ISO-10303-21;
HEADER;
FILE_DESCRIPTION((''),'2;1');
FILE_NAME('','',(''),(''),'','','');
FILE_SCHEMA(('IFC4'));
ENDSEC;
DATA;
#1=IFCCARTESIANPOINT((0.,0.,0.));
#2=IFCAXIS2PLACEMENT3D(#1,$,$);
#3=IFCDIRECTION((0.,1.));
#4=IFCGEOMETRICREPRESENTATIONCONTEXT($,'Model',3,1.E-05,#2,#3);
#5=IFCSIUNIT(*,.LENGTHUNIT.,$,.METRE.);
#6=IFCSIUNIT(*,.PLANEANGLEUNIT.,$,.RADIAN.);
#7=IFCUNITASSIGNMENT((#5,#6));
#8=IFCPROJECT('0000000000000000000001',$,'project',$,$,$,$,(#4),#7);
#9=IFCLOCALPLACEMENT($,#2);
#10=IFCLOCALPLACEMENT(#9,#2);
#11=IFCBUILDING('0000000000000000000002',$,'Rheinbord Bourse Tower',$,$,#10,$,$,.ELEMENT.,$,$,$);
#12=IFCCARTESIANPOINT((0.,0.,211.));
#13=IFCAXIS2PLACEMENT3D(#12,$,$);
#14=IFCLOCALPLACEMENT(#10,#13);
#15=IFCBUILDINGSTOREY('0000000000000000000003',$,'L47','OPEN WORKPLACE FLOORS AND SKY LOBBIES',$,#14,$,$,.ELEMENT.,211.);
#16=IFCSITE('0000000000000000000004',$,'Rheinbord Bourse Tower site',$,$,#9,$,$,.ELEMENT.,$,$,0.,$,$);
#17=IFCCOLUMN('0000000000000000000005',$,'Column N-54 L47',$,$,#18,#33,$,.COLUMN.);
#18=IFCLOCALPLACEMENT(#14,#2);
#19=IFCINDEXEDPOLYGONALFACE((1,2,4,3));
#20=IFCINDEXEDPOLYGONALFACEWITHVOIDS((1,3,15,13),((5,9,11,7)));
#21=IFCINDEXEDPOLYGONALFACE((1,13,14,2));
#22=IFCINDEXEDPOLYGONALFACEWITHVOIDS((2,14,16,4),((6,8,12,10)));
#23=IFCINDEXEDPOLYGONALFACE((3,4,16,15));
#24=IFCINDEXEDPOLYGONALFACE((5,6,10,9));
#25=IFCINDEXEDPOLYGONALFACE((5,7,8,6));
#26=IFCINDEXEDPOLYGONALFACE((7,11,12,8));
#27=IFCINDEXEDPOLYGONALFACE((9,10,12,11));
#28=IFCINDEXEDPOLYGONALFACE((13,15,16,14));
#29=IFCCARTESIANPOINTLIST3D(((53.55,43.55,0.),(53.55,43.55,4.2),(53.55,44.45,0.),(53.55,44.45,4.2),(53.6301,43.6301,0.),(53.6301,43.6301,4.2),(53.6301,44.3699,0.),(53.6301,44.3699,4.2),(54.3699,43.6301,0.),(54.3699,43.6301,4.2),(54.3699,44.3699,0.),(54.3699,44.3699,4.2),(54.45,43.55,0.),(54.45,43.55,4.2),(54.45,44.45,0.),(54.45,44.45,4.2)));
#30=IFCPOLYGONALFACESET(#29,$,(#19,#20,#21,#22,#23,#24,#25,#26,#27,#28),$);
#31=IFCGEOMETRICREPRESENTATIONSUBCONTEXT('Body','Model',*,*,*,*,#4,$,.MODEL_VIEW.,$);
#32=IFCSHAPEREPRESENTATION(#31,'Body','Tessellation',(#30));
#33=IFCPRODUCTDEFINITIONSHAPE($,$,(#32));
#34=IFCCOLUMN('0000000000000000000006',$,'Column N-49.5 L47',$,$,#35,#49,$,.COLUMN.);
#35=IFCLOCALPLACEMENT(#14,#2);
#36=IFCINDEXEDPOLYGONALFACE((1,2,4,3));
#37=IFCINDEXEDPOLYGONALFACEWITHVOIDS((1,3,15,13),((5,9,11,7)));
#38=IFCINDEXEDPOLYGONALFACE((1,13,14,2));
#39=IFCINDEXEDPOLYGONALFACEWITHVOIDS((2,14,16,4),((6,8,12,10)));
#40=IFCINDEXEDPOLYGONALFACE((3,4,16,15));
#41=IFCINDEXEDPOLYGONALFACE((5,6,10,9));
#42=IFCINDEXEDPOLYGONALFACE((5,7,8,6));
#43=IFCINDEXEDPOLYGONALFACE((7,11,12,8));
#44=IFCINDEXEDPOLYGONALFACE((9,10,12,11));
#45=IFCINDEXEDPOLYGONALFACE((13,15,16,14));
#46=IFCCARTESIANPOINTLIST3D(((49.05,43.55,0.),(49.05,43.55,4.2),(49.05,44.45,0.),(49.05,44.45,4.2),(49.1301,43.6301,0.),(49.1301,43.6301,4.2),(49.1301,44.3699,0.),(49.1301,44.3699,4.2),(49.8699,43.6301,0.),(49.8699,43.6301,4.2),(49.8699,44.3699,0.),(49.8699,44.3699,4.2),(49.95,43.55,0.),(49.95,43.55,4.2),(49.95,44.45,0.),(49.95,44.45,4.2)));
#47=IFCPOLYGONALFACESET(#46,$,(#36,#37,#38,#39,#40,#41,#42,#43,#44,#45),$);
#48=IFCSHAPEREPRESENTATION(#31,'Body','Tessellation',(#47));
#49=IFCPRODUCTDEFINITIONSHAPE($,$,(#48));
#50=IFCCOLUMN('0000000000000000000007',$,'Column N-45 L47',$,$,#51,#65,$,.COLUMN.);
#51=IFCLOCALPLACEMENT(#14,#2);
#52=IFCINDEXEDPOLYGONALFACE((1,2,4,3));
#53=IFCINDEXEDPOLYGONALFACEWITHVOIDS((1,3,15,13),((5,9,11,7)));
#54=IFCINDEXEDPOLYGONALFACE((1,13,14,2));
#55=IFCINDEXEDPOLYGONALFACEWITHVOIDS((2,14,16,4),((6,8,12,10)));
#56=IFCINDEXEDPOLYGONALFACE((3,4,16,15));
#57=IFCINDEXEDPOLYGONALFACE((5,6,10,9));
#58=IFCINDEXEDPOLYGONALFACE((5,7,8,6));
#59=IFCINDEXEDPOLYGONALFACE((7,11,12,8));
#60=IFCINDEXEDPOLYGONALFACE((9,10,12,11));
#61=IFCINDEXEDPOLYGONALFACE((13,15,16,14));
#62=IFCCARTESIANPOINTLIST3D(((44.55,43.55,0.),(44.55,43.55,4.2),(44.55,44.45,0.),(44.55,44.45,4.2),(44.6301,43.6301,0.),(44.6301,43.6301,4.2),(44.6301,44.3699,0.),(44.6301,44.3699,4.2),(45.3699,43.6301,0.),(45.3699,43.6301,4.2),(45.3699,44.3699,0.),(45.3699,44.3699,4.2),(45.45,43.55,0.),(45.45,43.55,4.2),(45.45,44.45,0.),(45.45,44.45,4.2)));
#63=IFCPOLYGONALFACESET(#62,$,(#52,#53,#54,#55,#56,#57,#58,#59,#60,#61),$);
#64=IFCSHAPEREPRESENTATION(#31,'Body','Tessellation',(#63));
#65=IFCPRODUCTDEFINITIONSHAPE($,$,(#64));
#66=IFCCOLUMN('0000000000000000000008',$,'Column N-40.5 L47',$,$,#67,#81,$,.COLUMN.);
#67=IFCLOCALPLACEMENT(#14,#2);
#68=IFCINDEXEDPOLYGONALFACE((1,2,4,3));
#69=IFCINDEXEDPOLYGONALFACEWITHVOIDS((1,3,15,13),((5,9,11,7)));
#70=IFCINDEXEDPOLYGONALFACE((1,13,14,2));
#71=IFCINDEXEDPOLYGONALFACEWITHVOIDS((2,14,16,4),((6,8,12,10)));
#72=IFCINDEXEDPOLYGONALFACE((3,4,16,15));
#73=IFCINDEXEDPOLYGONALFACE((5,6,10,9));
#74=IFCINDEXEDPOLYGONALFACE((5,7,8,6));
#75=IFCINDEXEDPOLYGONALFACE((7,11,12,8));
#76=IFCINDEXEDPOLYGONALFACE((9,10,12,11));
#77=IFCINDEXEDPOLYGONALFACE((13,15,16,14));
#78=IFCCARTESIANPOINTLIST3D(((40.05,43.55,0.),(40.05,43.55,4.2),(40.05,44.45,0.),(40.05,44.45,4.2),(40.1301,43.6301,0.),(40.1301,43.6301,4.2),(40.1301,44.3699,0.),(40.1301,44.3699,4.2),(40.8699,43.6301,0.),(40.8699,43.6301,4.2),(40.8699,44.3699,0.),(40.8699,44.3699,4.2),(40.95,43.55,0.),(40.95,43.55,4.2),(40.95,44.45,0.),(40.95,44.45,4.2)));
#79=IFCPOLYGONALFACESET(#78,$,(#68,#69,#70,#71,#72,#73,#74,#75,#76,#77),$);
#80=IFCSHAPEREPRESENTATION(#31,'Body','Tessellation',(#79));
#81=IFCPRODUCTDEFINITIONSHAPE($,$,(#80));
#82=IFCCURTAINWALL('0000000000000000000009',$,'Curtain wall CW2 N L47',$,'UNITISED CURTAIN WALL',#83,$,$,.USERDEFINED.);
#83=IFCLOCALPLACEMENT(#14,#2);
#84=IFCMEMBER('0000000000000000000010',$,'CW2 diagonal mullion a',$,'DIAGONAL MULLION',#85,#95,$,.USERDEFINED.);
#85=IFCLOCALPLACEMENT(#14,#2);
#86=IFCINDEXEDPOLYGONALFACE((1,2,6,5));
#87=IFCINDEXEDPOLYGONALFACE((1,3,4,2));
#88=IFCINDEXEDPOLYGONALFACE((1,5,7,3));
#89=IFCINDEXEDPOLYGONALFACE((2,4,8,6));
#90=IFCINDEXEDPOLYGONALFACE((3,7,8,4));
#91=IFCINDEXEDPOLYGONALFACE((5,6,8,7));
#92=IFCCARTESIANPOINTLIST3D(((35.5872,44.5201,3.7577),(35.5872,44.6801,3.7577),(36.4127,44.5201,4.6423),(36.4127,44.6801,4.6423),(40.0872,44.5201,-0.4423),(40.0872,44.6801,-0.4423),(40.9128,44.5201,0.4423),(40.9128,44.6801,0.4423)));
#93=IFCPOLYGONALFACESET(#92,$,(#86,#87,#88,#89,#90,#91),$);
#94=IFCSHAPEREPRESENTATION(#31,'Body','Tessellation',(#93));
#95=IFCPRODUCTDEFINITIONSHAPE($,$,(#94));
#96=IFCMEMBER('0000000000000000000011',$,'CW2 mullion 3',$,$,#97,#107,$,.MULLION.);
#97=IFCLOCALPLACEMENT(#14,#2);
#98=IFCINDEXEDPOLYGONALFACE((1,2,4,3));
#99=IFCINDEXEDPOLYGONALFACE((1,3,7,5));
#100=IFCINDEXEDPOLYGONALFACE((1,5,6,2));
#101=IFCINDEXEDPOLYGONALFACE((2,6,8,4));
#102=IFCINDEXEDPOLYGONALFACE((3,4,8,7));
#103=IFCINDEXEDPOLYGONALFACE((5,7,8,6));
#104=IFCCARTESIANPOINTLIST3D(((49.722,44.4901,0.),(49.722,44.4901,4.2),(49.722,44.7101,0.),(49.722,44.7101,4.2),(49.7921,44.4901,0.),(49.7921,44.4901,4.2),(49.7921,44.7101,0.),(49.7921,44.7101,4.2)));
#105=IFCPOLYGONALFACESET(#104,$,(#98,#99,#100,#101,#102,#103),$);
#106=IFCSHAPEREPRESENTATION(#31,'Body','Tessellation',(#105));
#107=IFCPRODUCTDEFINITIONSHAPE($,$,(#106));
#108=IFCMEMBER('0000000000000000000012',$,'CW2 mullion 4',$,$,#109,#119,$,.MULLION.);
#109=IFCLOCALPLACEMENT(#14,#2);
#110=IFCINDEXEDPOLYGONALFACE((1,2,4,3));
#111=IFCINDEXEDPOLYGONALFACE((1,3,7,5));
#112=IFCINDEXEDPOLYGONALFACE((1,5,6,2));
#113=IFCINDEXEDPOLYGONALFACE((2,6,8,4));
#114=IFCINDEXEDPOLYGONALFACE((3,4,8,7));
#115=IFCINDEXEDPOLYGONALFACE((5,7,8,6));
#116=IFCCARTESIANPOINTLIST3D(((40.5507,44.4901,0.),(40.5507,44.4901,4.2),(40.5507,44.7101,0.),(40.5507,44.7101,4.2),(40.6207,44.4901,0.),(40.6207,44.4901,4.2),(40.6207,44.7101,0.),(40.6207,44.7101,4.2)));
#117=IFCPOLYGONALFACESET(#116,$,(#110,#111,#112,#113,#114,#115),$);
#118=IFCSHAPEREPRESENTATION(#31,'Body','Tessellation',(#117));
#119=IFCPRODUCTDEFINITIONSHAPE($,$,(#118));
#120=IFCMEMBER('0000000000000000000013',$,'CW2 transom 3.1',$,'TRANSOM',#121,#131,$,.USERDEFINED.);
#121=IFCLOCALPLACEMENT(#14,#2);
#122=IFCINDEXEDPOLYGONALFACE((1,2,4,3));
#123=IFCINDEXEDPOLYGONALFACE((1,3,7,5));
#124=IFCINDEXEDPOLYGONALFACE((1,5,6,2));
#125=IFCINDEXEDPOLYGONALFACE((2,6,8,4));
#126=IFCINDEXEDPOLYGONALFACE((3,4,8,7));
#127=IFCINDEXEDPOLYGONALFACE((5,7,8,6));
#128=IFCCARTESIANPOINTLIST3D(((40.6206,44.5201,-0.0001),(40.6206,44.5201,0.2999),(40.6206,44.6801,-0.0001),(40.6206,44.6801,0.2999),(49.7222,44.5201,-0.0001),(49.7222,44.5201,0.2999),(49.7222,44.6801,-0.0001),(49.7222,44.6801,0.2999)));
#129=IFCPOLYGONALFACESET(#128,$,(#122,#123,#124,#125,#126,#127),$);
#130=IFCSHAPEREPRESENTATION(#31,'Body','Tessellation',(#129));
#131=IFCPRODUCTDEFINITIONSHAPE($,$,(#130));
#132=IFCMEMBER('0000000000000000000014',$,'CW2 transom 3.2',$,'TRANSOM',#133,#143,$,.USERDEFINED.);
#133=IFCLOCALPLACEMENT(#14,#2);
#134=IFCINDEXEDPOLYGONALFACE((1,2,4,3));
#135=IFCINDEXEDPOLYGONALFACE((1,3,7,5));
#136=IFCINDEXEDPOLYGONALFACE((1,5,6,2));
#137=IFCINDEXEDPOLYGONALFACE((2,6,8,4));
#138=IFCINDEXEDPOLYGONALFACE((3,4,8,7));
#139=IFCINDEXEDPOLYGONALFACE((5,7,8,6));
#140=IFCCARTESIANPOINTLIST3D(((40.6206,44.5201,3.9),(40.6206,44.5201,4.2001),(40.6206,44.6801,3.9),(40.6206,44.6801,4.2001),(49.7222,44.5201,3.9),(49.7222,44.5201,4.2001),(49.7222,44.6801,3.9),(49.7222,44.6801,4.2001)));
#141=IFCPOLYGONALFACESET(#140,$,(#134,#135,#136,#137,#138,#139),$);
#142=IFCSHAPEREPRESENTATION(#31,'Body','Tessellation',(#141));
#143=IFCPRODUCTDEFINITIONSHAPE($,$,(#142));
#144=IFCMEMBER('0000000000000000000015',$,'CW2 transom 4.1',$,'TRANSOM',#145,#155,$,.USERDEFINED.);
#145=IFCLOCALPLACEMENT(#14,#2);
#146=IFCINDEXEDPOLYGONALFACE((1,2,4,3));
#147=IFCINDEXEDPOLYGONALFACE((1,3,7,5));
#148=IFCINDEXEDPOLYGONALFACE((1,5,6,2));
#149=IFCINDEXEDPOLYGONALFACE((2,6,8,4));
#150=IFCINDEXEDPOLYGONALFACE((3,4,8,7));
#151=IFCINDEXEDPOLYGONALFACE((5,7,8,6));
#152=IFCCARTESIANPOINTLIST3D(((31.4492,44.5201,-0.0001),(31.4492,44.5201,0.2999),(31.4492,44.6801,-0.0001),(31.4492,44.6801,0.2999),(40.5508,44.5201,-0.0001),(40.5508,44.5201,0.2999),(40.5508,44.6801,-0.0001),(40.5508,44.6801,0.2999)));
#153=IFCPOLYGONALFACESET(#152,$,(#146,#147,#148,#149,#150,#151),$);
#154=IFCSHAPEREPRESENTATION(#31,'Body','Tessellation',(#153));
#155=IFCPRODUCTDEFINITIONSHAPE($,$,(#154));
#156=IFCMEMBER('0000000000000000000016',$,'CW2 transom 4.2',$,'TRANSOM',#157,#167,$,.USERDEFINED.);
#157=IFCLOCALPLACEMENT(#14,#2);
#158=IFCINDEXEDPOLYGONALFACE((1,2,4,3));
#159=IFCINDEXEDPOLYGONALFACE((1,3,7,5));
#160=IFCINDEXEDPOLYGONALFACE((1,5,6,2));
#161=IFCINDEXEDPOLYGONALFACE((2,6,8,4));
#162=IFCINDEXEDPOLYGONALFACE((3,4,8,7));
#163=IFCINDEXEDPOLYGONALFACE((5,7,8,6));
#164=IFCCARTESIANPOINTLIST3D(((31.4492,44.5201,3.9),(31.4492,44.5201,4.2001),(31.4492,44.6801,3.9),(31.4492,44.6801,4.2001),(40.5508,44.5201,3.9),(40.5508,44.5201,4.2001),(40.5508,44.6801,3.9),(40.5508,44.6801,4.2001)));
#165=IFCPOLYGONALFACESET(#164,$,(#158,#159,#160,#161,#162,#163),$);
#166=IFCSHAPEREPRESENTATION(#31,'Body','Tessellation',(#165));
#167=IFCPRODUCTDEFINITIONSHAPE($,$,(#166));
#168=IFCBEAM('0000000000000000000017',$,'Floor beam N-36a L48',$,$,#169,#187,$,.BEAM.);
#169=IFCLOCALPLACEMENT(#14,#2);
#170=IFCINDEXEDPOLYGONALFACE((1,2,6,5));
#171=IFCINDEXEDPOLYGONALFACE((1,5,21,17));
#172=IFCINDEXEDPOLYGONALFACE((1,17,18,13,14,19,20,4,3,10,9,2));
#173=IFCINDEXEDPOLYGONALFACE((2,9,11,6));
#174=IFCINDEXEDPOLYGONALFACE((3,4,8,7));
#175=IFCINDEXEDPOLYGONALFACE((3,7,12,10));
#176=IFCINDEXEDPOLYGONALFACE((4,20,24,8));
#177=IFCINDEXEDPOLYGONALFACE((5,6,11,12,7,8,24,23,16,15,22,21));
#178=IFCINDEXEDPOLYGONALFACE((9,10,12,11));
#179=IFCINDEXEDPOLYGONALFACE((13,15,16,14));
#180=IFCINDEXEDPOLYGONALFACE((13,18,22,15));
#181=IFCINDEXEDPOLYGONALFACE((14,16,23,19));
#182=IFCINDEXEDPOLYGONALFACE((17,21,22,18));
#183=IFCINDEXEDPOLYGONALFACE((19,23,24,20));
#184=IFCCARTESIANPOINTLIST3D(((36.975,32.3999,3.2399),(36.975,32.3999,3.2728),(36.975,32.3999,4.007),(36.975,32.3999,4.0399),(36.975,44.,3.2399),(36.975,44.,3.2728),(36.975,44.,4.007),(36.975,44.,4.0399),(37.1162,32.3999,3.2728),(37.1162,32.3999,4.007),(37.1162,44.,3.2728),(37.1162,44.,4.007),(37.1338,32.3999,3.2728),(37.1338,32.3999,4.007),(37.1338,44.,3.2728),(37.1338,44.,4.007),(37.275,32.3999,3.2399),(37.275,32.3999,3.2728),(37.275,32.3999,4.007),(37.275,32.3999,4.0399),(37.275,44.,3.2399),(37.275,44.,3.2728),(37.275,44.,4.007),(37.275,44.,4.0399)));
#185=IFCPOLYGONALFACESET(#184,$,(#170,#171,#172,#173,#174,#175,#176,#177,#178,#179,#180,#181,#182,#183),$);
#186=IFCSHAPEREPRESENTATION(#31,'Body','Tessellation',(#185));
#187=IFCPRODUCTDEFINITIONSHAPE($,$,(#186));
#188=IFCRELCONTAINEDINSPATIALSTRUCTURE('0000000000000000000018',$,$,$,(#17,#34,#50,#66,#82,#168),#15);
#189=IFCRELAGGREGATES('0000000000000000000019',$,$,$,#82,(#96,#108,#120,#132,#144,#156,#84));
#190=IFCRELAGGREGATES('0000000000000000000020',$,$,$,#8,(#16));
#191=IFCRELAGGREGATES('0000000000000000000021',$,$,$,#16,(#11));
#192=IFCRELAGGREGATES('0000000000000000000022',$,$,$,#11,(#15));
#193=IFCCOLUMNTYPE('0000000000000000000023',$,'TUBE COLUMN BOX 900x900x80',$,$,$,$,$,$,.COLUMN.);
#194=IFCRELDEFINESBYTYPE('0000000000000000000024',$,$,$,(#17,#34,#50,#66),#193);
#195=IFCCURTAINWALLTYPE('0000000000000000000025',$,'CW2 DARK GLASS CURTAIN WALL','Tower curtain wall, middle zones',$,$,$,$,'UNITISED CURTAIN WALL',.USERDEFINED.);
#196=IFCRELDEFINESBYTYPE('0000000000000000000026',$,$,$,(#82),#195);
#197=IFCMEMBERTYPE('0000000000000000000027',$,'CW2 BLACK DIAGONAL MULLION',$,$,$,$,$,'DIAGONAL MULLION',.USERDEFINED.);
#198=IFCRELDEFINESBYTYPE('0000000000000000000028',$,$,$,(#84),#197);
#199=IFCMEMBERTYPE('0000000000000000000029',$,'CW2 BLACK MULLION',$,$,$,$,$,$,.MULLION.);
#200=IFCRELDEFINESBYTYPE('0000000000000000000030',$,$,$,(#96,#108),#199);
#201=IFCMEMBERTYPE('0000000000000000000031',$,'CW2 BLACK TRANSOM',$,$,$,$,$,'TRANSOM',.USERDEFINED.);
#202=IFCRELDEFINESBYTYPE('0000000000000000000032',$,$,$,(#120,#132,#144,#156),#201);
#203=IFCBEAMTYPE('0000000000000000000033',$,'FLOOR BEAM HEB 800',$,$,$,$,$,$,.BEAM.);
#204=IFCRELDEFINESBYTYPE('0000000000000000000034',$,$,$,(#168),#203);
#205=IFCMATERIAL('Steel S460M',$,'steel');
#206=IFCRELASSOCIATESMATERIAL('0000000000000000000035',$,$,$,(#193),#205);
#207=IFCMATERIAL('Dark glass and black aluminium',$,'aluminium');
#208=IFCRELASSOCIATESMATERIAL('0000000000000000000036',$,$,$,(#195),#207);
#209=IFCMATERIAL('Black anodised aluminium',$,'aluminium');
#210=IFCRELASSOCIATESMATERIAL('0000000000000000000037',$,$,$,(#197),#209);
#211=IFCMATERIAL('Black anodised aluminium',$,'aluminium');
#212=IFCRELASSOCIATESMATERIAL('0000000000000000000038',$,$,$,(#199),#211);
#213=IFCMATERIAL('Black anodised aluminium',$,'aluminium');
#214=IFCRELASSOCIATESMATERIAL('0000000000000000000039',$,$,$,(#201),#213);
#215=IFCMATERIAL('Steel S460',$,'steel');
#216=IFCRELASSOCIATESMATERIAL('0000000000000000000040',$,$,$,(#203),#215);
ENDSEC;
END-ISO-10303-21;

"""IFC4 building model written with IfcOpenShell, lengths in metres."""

from ifc_helpers import new_model, si_unit, direction, frame, origin, origin_2d, place, context, subcontext, project, spatial, rectangle, hollow_rectangle, i_section, extrude, material, material_profile, profile_set, type_object, element, aggregate, save


model = new_model("IFC4")

# Units and contexts
model_context = context("Model", 3, precision=1e-05, world=origin(), true_north=direction((0.0, 1.0)))
body_context = subcontext(model_context, "Body", "Model", "MODEL_VIEW")
ifc_project = project(units=[si_unit("LENGTHUNIT", "METRE"), si_unit("PLANEANGLEUNIT", "RADIAN")], contexts=[model_context])

# Site, building, storey
site_placement = place(None, origin())
site = spatial("IfcSite", under=ifc_project, at=site_placement, Name="Rheinbord Bourse Tower site", CompositionType="ELEMENT", RefElevation=0.0)
building_placement = place(site_placement, origin())
building = spatial("IfcBuilding", under=site, at=building_placement, Name="Rheinbord Bourse Tower", CompositionType="ELEMENT")
storey_placement = place(building_placement, frame((0.0, 0.0, 211.0)))
storey = spatial("IfcBuildingStorey", under=building, at=storey_placement, Name="L47", Description="OPEN WORKPLACE FLOORS AND SKY LOBBIES", CompositionType="ELEMENT", Elevation=211.0)

# Columns
ifc_material_1 = material(Name="Steel S460M", Category="steel")
ifc_material_profile_1 = material_profile(ifc_material_1, hollow_rectangle(XDim=0.8999, YDim=0.8999, WallThickness=0.0801, at=origin_2d()), Name="BOX 900x900x80")
ifc_profile_set_1 = profile_set([ifc_material_profile_1], Name="Steel S460M")
column_type = type_object("IfcColumnType", Name="TUBE COLUMN BOX 900x900x80", PredefinedType="COLUMN", material=ifc_profile_set_1)
for number, where, z_axis, x_axis, name in (
    (1, (54.0, 44.0, 0.0), (0.0, 0.0, 1.0), (0.0, 1.0, 0.0), "Column N-54 L47"),
    (2, (49.5, 44.0, 0.0), (0.0, 0.0, 1.0), (0.0, 1.0, 0.0), "Column N-49.5 L47"),
    (3, (45.0, 44.0, 0.0), (0.0, 0.0, 1.0), (0.0, 1.0, 0.0), "Column N-45 L47"),
    (4, (40.5, 44.0, 0.0), (0.0, 0.0, 1.0), (0.0, 1.0, 0.0), "Column N-40.5 L47"),
):
    element("IfcColumn", number, at=place(storey_placement, frame(where, z_axis=z_axis, x_axis=x_axis)), inside=storey, type_object=column_type, Name=name, PredefinedType="COLUMN", context=body_context, shape_type="SweptSolid", body=[
        extrude(hollow_rectangle(XDim=0.8999, YDim=0.8999, WallThickness=0.0801, at=origin_2d()), origin(), (0.0, 0.0, 1.0), 4.2),
    ])

# Curtain wall, members
ifc_material_2 = material(Name="Dark glass and black aluminium", Category="aluminium")
curtain_wall_type = type_object("IfcCurtainWallType", Name="CW2 DARK GLASS CURTAIN WALL", Description="Tower curtain wall, middle zones", ElementType="UNITISED CURTAIN WALL", PredefinedType="USERDEFINED", material=ifc_material_2)
curtain_wall_placement = place(storey_placement, origin())
curtain_wall = element("IfcCurtainWall", 5, at=curtain_wall_placement, inside=storey, type_object=curtain_wall_type, Name="Curtain wall CW2 N L47", ObjectType="UNITISED CURTAIN WALL", PredefinedType="USERDEFINED")
ifc_material_3 = material(Name="Black anodised aluminium", Category="aluminium")
ifc_material_profile_2 = material_profile(ifc_material_3, rectangle(XDim=0.1599, YDim=1.21, at=origin_2d()), Name="CW2 DIAGONAL MULLION 1210x160")
ifc_profile_set_2 = profile_set([ifc_material_profile_2], Name="Black anodised aluminium")
member_type_1 = type_object("IfcMemberType", Name="CW2 BLACK DIAGONAL MULLION", ElementType="DIAGONAL MULLION", PredefinedType="USERDEFINED", material=ifc_profile_set_2)
member_1_placement = place(storey_placement, frame((40.5, 44.6001, 0.0), z_axis=(-0.731059, 0.0, 0.682314), x_axis=(0.0, -1.0, 0.0)))
member_1 = element("IfcMember", 6, at=member_1_placement, type_object=member_type_1, Name="CW2 diagonal mullion a", ObjectType="DIAGONAL MULLION", PredefinedType="USERDEFINED", context=body_context, shape_type="SweptSolid", body=[
    extrude(rectangle(XDim=0.1599, YDim=1.21, at=origin_2d()), origin(), (0.0, 0.0, 1.0), 6.1555),
])
ifc_material_4 = material(Name="Black anodised aluminium", Category="aluminium")
ifc_material_profile_3 = material_profile(ifc_material_4, rectangle(XDim=0.22, YDim=0.0701, at=origin_2d()), Name="CW2 MULLION 70x220")
ifc_profile_set_3 = profile_set([ifc_material_profile_3], Name="Black anodised aluminium")
member_type_2 = type_object("IfcMemberType", Name="CW2 BLACK MULLION", PredefinedType="MULLION", material=ifc_profile_set_3)
member_2_placement = place(storey_placement, frame((49.7571, 44.6001, 0.0), z_axis=(0.0, 0.0, 1.0), x_axis=(0.0, -1.0, 0.0)))
member_2 = element("IfcMember", 7, at=member_2_placement, type_object=member_type_2, Name="CW2 mullion 3", PredefinedType="MULLION", context=body_context, shape_type="SweptSolid", body=[
    extrude(rectangle(XDim=0.22, YDim=0.0701, at=origin_2d()), origin(), (0.0, 0.0, 1.0), 4.2),
])
member_3_placement = place(storey_placement, frame((40.5857, 44.6001, 0.0), z_axis=(0.0, 0.0, 1.0), x_axis=(0.0, -1.0, 0.0)))
member_3 = element("IfcMember", 8, at=member_3_placement, type_object=member_type_2, Name="CW2 mullion 4", PredefinedType="MULLION", context=body_context, shape_type="SweptSolid", body=[
    extrude(rectangle(XDim=0.22, YDim=0.0701, at=origin_2d()), origin(), (0.0, 0.0, 1.0), 4.2),
])
ifc_material_5 = material(Name="Black anodised aluminium", Category="aluminium")
ifc_material_profile_4 = material_profile(ifc_material_5, rectangle(XDim=0.1599, YDim=0.3, at=origin_2d()), Name="CW2 TRANSOM 300x160")
ifc_profile_set_4 = profile_set([ifc_material_profile_4], Name="Black anodised aluminium")
member_type_3 = type_object("IfcMemberType", Name="CW2 BLACK TRANSOM", ElementType="TRANSOM", PredefinedType="USERDEFINED", material=ifc_profile_set_4)
member_4_placement = place(storey_placement, frame((49.7222, 44.6001, 0.1499), z_axis=(-1.0, 0.0, 0.0), x_axis=(0.0, -1.0, 0.0)))
member_4 = element("IfcMember", 9, at=member_4_placement, type_object=member_type_3, Name="CW2 transom 3.1", ObjectType="TRANSOM", PredefinedType="USERDEFINED", context=body_context, shape_type="SweptSolid", body=[
    extrude(rectangle(XDim=0.1599, YDim=0.3, at=origin_2d()), origin(), (0.0, 0.0, 1.0), 9.1016),
])
member_5_placement = place(storey_placement, frame((49.7222, 44.6001, 4.05), z_axis=(-1.0, 0.0, 0.0), x_axis=(0.0, -1.0, 0.0)))
member_5 = element("IfcMember", 10, at=member_5_placement, type_object=member_type_3, Name="CW2 transom 3.2", ObjectType="TRANSOM", PredefinedType="USERDEFINED", context=body_context, shape_type="SweptSolid", body=[
    extrude(rectangle(XDim=0.1599, YDim=0.3, at=origin_2d()), origin(), (0.0, 0.0, 1.0), 9.1016),
])
member_6_placement = place(storey_placement, frame((40.5508, 44.6001, 0.1499), z_axis=(-1.0, 0.0, 0.0), x_axis=(0.0, -1.0, 0.0)))
member_6 = element("IfcMember", 11, at=member_6_placement, type_object=member_type_3, Name="CW2 transom 4.1", ObjectType="TRANSOM", PredefinedType="USERDEFINED", context=body_context, shape_type="SweptSolid", body=[
    extrude(rectangle(XDim=0.1599, YDim=0.3, at=origin_2d()), origin(), (0.0, 0.0, 1.0), 9.1016),
])
member_7_placement = place(storey_placement, frame((40.5508, 44.6001, 4.05), z_axis=(-1.0, 0.0, 0.0), x_axis=(0.0, -1.0, 0.0)))
member_7 = element("IfcMember", 12, at=member_7_placement, type_object=member_type_3, Name="CW2 transom 4.2", ObjectType="TRANSOM", PredefinedType="USERDEFINED", context=body_context, shape_type="SweptSolid", body=[
    extrude(rectangle(XDim=0.1599, YDim=0.3, at=origin_2d()), origin(), (0.0, 0.0, 1.0), 9.1016),
])

# Beam
ifc_material_6 = material(Name="Steel S460", Category="steel")
ifc_material_profile_5 = material_profile(ifc_material_6, i_section(OverallWidth=0.3, OverallDepth=0.8, WebThickness=0.0176, FlangeThickness=0.033, at=origin_2d()), Name="HEB 800")
ifc_profile_set_5 = profile_set([ifc_material_profile_5], Name="Steel S460")
beam_type_1 = type_object("IfcBeamType", Name="FLOOR BEAM HEB 800", PredefinedType="BEAM", material=ifc_profile_set_5)
for number, where, z_axis, x_axis, name in (
    (13, (37.125, 44.0, 3.6399), (0.0, -1.0, 0.0), (1.0, 0.0, 0.0), "Floor beam N-36a L48"),
):
    element("IfcBeam", number, at=place(storey_placement, frame(where, z_axis=z_axis, x_axis=x_axis)), inside=storey, type_object=beam_type_1, Name=name, PredefinedType="BEAM", context=body_context, shape_type="SweptSolid", body=[
        extrude(i_section(OverallWidth=0.3, OverallDepth=0.8, WebThickness=0.0176, FlangeThickness=0.033, at=origin_2d()), origin(), (0.0, 0.0, 1.0), 11.6001),
    ])

aggregate(curtain_wall, [member_2, member_3, member_4, member_5, member_6, member_7, member_1])

save(model, "model.ifc")
